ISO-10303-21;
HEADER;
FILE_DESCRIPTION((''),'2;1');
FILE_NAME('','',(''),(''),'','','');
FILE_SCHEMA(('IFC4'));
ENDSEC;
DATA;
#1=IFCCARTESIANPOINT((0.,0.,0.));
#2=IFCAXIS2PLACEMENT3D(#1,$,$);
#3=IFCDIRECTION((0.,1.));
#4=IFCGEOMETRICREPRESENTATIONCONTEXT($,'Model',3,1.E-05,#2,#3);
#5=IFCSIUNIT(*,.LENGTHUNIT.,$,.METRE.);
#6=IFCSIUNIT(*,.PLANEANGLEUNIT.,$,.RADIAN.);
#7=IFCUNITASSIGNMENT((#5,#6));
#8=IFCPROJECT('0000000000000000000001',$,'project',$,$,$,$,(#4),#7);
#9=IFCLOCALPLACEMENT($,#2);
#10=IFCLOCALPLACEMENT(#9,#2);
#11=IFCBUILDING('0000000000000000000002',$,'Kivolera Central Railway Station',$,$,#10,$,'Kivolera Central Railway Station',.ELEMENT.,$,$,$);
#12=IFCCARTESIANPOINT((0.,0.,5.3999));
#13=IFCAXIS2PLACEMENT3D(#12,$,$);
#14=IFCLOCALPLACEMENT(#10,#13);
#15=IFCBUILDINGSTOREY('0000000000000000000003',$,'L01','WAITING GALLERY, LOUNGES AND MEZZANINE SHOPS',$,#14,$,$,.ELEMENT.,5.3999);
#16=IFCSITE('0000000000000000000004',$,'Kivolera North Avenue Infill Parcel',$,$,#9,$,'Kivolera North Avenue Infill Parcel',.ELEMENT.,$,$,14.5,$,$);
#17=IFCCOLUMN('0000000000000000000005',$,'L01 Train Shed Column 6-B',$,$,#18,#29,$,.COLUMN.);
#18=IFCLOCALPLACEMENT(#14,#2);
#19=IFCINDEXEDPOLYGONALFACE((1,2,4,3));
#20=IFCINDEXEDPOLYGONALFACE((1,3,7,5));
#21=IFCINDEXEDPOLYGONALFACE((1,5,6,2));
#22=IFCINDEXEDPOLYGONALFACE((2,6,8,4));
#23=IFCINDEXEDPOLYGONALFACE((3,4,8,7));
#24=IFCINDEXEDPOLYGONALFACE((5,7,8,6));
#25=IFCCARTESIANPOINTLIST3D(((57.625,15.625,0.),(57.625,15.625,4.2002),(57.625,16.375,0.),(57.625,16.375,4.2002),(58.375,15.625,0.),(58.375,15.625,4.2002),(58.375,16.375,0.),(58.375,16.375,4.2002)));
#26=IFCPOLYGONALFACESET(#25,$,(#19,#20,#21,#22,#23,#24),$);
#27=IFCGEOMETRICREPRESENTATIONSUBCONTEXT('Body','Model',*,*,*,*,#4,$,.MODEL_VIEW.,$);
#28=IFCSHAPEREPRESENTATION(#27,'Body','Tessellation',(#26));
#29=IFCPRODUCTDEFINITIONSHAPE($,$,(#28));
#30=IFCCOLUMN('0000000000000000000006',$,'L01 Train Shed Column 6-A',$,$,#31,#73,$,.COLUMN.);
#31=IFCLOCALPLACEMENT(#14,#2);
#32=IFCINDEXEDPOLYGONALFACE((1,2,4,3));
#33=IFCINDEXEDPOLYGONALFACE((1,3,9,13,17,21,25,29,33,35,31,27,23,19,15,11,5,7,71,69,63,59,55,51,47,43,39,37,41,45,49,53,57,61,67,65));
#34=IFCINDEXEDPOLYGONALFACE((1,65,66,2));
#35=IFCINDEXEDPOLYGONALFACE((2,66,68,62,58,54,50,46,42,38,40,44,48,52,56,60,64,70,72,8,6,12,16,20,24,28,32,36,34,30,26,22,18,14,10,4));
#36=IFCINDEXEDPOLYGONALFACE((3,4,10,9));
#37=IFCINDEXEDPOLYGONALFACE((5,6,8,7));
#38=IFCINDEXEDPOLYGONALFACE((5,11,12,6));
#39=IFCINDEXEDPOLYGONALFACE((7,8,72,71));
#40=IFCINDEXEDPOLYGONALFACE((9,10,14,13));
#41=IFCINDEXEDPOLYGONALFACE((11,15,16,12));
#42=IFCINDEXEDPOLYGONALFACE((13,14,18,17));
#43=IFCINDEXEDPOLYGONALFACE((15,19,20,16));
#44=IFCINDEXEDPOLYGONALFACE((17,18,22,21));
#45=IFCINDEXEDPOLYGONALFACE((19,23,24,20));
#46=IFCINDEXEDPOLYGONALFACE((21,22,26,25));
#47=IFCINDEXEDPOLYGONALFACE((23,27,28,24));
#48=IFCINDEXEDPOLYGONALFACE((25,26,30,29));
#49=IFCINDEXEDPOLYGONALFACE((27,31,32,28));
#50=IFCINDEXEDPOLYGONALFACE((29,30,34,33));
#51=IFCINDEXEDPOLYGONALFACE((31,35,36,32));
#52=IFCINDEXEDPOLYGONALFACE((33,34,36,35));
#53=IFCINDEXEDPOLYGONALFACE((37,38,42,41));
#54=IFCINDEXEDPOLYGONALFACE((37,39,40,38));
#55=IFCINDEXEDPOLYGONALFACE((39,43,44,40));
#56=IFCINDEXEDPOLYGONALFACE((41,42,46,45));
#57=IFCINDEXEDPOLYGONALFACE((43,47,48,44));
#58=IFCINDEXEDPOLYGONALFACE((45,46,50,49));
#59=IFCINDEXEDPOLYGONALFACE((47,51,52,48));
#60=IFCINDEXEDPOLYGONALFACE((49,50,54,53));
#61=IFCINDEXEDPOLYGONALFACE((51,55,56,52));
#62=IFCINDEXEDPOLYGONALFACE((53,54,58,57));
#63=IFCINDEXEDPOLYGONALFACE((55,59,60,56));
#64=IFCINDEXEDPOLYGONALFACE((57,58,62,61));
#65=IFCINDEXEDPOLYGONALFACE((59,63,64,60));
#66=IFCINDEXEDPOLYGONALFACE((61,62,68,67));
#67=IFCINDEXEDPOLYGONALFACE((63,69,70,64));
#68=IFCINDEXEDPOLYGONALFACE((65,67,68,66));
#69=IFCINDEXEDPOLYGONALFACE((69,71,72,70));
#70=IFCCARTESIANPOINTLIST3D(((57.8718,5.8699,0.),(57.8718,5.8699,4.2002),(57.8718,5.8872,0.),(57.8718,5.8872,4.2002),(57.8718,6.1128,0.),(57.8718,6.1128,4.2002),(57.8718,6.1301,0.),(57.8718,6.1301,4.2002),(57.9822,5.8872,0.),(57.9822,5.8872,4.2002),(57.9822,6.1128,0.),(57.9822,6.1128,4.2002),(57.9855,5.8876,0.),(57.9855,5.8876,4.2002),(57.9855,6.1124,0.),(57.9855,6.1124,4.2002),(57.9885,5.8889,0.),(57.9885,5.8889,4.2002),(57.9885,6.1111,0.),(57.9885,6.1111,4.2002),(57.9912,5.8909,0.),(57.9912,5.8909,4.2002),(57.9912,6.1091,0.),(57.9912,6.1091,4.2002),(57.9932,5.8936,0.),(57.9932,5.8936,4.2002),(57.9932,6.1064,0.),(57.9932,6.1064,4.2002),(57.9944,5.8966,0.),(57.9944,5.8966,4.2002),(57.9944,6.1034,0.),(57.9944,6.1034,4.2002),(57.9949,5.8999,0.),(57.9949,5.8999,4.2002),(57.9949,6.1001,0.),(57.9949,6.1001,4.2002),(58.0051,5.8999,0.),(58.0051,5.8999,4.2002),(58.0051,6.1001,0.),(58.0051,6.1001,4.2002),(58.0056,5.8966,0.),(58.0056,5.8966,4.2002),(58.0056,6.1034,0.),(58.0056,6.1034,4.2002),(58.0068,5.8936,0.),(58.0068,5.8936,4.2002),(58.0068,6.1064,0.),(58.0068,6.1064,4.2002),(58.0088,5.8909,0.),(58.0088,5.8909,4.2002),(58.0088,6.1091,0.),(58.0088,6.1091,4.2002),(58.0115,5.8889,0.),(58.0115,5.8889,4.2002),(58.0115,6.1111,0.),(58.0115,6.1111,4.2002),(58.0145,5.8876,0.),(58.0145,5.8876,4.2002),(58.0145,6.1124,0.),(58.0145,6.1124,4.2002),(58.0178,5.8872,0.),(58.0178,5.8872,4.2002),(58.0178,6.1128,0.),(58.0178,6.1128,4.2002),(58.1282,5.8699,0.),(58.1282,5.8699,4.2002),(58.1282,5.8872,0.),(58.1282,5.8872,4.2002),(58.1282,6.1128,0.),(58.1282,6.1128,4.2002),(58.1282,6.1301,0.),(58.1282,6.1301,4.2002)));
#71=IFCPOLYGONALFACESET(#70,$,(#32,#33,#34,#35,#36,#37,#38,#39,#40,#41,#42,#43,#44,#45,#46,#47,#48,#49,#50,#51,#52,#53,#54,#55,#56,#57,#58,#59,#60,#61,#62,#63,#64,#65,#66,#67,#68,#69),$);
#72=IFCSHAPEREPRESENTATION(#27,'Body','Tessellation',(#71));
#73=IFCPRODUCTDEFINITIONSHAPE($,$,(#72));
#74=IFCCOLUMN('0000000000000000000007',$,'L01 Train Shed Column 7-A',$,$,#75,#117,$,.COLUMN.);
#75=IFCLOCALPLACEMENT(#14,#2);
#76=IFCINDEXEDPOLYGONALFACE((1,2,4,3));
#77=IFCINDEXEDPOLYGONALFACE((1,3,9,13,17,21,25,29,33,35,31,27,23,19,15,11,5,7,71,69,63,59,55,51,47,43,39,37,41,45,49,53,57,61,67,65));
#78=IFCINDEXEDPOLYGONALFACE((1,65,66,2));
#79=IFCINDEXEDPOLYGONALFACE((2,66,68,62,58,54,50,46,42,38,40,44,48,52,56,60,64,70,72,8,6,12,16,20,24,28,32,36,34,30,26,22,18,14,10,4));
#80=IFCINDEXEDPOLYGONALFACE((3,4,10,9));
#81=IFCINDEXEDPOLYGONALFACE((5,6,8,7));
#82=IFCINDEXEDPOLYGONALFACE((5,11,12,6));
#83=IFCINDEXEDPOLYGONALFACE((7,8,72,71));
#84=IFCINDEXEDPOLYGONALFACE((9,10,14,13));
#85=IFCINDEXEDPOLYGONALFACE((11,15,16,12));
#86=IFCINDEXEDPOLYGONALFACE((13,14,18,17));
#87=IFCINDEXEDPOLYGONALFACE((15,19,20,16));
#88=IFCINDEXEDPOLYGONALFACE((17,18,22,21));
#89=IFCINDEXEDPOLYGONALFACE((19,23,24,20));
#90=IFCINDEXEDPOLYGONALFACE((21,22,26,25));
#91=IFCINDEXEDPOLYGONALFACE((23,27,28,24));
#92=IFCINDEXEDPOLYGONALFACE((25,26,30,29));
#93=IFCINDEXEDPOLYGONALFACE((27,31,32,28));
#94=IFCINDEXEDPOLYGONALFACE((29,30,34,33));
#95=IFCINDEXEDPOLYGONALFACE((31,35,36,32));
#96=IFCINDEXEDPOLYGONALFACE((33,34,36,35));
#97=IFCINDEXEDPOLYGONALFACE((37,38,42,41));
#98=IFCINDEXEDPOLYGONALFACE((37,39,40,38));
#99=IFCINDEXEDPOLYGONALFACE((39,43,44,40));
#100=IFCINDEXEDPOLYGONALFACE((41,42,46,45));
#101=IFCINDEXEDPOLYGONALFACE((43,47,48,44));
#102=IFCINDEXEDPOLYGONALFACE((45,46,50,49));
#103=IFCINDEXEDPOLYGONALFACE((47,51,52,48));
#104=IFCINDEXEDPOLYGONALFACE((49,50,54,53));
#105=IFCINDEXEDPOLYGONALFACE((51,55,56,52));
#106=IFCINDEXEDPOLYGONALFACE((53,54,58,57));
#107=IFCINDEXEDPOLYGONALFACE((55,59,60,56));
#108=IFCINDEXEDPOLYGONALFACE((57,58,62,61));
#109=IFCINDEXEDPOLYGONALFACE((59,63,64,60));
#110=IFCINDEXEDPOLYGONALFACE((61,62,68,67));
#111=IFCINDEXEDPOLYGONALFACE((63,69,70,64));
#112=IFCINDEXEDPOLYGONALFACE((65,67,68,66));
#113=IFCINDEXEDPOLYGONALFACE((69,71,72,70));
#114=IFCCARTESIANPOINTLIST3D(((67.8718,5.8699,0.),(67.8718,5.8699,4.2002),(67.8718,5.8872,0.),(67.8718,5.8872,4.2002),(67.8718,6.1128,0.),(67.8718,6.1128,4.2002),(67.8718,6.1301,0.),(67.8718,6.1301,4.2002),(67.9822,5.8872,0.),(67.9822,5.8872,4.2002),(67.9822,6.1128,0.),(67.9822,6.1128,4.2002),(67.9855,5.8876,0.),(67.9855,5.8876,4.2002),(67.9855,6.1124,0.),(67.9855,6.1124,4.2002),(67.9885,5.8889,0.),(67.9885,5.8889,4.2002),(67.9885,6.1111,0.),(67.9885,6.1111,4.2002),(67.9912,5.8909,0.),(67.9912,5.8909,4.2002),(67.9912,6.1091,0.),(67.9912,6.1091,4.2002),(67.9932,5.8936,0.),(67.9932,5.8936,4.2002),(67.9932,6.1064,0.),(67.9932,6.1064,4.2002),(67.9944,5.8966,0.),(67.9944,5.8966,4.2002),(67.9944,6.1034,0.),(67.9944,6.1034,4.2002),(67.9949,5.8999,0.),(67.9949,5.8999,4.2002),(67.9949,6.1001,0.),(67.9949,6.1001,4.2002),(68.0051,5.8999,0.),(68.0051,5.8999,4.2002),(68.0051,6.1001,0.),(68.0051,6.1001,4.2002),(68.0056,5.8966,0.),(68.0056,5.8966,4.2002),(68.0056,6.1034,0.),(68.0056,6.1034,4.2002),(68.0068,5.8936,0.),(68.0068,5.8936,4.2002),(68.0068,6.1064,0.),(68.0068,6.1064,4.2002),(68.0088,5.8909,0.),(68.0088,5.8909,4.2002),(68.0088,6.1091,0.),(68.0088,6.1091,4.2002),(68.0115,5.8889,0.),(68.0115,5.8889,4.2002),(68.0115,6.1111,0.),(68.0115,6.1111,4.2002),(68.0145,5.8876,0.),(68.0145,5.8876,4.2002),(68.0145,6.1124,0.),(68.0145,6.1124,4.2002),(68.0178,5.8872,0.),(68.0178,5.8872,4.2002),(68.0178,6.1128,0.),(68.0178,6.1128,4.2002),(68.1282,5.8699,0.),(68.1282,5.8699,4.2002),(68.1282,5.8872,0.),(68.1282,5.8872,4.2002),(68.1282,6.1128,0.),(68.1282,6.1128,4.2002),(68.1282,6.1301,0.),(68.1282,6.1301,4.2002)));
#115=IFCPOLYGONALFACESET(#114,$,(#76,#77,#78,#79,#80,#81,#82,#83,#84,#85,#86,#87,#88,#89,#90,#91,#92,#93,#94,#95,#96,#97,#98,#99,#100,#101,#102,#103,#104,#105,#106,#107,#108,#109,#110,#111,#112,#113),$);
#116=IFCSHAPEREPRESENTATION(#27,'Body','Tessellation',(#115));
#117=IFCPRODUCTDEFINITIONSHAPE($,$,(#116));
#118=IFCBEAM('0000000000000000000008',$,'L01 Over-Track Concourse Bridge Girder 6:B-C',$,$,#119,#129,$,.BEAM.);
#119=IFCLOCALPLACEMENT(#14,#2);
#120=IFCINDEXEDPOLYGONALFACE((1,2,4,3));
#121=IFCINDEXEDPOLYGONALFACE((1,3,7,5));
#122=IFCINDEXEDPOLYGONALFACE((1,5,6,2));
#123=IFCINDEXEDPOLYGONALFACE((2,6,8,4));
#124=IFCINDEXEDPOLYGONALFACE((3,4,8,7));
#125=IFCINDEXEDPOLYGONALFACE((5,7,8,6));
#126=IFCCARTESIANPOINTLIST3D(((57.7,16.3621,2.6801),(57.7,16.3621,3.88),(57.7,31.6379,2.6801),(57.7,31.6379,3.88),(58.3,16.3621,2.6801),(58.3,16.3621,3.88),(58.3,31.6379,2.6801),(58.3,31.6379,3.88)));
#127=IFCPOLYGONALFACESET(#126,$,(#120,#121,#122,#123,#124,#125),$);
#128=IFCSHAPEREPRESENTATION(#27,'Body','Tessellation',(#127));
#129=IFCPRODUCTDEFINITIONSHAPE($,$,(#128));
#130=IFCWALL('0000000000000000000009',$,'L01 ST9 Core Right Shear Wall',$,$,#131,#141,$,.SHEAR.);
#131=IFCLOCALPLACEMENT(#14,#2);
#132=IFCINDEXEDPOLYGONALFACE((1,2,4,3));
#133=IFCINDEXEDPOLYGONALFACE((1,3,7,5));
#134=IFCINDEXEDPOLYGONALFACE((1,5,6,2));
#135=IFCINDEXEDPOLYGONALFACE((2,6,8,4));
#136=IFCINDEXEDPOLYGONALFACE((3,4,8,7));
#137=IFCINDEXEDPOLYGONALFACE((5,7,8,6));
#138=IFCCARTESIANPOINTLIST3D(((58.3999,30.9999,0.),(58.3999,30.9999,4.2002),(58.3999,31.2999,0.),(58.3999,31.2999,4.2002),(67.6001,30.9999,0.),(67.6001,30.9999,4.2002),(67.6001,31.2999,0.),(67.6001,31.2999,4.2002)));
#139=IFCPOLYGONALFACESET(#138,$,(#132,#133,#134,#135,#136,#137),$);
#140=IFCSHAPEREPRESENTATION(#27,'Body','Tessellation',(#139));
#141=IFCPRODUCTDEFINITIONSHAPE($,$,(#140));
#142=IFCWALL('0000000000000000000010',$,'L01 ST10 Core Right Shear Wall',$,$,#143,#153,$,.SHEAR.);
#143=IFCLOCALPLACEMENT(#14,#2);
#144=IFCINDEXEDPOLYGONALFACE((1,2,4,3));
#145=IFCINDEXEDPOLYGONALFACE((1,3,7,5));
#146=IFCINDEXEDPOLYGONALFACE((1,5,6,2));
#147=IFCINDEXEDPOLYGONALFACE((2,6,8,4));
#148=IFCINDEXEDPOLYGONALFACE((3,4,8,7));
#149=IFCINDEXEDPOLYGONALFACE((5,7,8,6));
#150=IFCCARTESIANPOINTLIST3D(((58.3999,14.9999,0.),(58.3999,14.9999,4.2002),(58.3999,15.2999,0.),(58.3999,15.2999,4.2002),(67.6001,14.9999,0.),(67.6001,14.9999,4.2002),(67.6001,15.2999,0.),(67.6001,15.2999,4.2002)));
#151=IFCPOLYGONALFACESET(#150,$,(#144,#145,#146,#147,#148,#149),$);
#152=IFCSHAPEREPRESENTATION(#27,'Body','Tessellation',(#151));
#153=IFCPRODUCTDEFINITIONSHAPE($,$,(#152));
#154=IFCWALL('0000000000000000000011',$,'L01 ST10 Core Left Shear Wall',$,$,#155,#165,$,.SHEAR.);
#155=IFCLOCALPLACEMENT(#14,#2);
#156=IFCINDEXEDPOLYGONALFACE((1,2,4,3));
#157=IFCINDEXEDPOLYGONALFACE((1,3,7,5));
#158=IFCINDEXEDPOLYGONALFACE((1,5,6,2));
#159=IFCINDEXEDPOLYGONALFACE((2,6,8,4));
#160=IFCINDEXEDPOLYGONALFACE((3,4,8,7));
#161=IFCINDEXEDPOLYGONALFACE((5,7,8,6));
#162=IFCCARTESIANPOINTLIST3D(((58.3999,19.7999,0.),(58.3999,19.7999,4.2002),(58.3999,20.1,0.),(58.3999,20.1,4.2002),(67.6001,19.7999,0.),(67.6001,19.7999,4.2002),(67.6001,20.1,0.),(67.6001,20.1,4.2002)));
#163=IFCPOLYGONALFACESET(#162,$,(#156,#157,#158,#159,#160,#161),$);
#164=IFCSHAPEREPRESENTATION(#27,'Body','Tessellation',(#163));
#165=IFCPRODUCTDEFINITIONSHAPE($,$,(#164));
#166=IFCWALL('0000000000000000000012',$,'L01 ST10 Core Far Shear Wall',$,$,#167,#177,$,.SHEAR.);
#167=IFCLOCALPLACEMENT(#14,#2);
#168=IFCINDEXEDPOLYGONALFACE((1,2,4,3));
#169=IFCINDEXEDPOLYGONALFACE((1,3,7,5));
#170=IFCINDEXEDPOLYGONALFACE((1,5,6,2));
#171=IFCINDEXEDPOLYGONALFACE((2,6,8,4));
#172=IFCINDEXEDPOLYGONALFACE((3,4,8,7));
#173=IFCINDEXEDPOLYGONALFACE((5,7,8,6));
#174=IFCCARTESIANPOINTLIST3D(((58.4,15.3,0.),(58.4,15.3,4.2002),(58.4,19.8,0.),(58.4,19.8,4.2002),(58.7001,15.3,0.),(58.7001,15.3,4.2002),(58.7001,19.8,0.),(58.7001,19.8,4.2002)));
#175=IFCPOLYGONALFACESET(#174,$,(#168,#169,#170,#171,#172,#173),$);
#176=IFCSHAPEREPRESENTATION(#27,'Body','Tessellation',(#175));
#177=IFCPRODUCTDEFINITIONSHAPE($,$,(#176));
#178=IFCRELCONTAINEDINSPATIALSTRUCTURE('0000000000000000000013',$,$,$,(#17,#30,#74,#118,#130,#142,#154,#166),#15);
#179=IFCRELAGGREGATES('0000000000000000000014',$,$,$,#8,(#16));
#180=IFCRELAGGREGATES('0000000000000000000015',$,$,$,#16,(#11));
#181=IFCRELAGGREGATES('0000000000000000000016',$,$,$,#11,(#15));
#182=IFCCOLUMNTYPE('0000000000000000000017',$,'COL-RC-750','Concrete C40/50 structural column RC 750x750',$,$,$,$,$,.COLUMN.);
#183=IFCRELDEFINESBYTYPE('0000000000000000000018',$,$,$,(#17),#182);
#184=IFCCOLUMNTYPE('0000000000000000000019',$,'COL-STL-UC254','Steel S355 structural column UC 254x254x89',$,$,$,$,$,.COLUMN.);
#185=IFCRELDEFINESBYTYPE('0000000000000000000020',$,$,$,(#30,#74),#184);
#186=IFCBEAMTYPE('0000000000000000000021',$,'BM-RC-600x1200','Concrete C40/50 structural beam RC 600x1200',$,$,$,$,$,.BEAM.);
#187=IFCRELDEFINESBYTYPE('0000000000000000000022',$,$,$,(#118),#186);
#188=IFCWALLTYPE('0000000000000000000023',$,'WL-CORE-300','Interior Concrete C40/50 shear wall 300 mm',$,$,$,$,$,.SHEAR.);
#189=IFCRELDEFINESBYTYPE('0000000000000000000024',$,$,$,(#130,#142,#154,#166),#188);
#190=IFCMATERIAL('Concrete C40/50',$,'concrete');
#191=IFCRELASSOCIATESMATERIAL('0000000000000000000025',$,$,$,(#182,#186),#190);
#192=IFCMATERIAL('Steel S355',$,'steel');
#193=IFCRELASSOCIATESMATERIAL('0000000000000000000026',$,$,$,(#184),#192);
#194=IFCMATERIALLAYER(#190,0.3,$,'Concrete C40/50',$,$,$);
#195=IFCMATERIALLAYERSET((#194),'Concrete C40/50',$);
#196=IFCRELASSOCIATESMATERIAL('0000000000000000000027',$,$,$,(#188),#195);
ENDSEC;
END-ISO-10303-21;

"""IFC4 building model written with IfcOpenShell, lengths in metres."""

from ifc_helpers import new_model, si_unit, direction, frame, frame_2d, origin, origin_2d, place, context, subcontext, project, spatial, rectangle, i_section, extrude, material, layer, layer_set, material_profile, profile_set, type_object, element, save


model = new_model("IFC4")

# Units and contexts
model_context = context("Model", 3, precision=1e-05, world=origin(), true_north=direction((0.0, 1.0)))
body_context = subcontext(model_context, "Body", "Model", "MODEL_VIEW")
ifc_project = project(units=[si_unit("LENGTHUNIT", "METRE"), si_unit("PLANEANGLEUNIT", "RADIAN")], contexts=[model_context])

# Site, building, storey
site_placement = place(None, origin())
site = spatial("IfcSite", under=ifc_project, at=site_placement, Name="Kivolera North Avenue Infill Parcel", LongName="Kivolera North Avenue Infill Parcel", CompositionType="ELEMENT", RefElevation=14.5)
building_placement = place(site_placement, origin())
building = spatial("IfcBuilding", under=site, at=building_placement, Name="Kivolera Central Railway Station", LongName="Kivolera Central Railway Station", CompositionType="ELEMENT")
storey_placement = place(building_placement, frame((0.0, 0.0, 5.3999)))
storey = spatial("IfcBuildingStorey", under=building, at=storey_placement, Name="L01", Description="WAITING GALLERY, LOUNGES AND MEZZANINE SHOPS", CompositionType="ELEMENT", Elevation=5.3999)

# Columns
ifc_material_1 = material(Name="Concrete C40/50", Category="concrete")
ifc_material_profile_1 = material_profile(ifc_material_1, rectangle(XDim=0.75, YDim=0.75, at=origin_2d()), Name="RC 750x750")
ifc_profile_set_1 = profile_set([ifc_material_profile_1], Name="Concrete C40/50")
column_type_1 = type_object("IfcColumnType", Name="COL-RC-750", Description="Concrete C40/50 structural column RC 750x750", PredefinedType="COLUMN", material=ifc_profile_set_1)
column_placement = place(storey_placement, frame((58.0, 16.0, 0.0), z_axis=(0.0, 0.0, 1.0), x_axis=(1.0, 0.0, 0.0)))
element("IfcColumn", 1, at=column_placement, inside=storey, type_object=column_type_1, Name="L01 Train Shed Column 6-B", PredefinedType="COLUMN", context=body_context, shape_type="SweptSolid", body=[
    extrude(rectangle(XDim=0.75, YDim=0.75, at=origin_2d()), origin(), (0.0, 0.0, 1.0), 4.2002),
])
ifc_material_2 = material(Name="Steel S355", Category="steel")
ifc_material_profile_2 = material_profile(ifc_material_2, i_section(OverallWidth=0.2563, OverallDepth=0.2603, WebThickness=0.0103, FlangeThickness=0.0173, FilletRadius=0.0127, at=origin_2d()), Name="UC 254x254x89")
ifc_profile_set_2 = profile_set([ifc_material_profile_2], Name="Steel S355")
column_type_2 = type_object("IfcColumnType", Name="COL-STL-UC254", Description="Steel S355 structural column UC 254x254x89", PredefinedType="COLUMN", material=ifc_profile_set_2)
for number, where, z_axis, x_axis, name in (
    (2, (58.0, 6.0, 0.0), (0.0, 0.0, 1.0), (1.0, 0.0, 0.0), "L01 Train Shed Column 6-A"),
    (3, (68.0, 6.0, 0.0), (0.0, 0.0, 1.0), (1.0, 0.0, 0.0), "L01 Train Shed Column 7-A"),
):
    element("IfcColumn", number, at=place(storey_placement, frame(where, z_axis=z_axis, x_axis=x_axis)), inside=storey, type_object=column_type_2, Name=name, PredefinedType="COLUMN", context=body_context, shape_type="SweptSolid", body=[
        extrude(i_section(OverallWidth=0.2563, OverallDepth=0.2603, WebThickness=0.0103, FlangeThickness=0.0173, FilletRadius=0.0127, at=origin_2d()), origin(), (0.0, 0.0, 1.0), 4.2002),
    ])

# Beam
ifc_material_profile_3 = material_profile(ifc_material_1, rectangle(XDim=0.6001, YDim=1.2, at=origin_2d()), Name="RC 600x1200")
ifc_profile_set_3 = profile_set([ifc_material_profile_3], Name="Concrete C40/50")
beam_type = type_object("IfcBeamType", Name="BM-RC-600x1200", Description="Concrete C40/50 structural beam RC 600x1200", PredefinedType="BEAM", material=ifc_profile_set_3)
beam_placement = place(storey_placement, frame((58.0, 16.3621, 3.28), z_axis=(0.0, 1.0, 0.0), x_axis=(-1.0, 0.0, 0.0)))
element("IfcBeam", 4, at=beam_placement, inside=storey, type_object=beam_type, Name="L01 Over-Track Concourse Bridge Girder 6:B-C", PredefinedType="BEAM", context=body_context, shape_type="SweptSolid", body=[
    extrude(rectangle(XDim=0.6001, YDim=1.2, at=origin_2d()), origin(), (0.0, 0.0, 1.0), 15.2759),
])

# Walls
ifc_layer_1 = layer(ifc_material_1, 0.3, Name="Concrete C40/50")
ifc_layer_set_1 = layer_set([ifc_layer_1], Name="Concrete C40/50")
wall_type = type_object("IfcWallType", Name="WL-CORE-300", Description="Interior Concrete C40/50 shear wall 300 mm", PredefinedType="SHEAR", material=ifc_layer_set_1)
for number, where, z_axis, x_axis, name in (
    (5, (67.6001, 31.1499, 0.0), (0.0, 0.0, 1.0), (-1.0, 0.0, 0.0), "L01 ST9 Core Right Shear Wall"),
    (6, (67.6001, 15.1499, 0.0), (0.0, 0.0, 1.0), (-1.0, 0.0, 0.0), "L01 ST10 Core Right Shear Wall"),
    (7, (58.3999, 19.95, 0.0), (0.0, 0.0, 1.0), (1.0, 0.0, 0.0), "L01 ST10 Core Left Shear Wall"),
):
    element("IfcWall", number, at=place(storey_placement, frame(where, z_axis=z_axis, x_axis=x_axis)), inside=storey, type_object=wall_type, Name=name, PredefinedType="SHEAR", context=body_context, shape_type="SweptSolid", body=[
        extrude(rectangle(XDim=9.2002, YDim=0.3, at=frame_2d((4.6001, 0.0))), origin(), (0.0, 0.0, 1.0), 4.2002),
    ])

# Wall
wall_1_placement = place(storey_placement, frame((58.55, 15.3, 0.0), z_axis=(0.0, 0.0, 1.0), x_axis=(0.0, 1.0, 0.0)))
element("IfcWall", 8, at=wall_1_placement, inside=storey, type_object=wall_type, Name="L01 ST10 Core Far Shear Wall", PredefinedType="SHEAR", context=body_context, shape_type="SweptSolid", body=[
    extrude(rectangle(XDim=4.5, YDim=0.3, at=frame_2d((2.25, 0.0))), origin(), (0.0, 0.0, 1.0), 4.2002),
])

save(model, "model.ifc")
